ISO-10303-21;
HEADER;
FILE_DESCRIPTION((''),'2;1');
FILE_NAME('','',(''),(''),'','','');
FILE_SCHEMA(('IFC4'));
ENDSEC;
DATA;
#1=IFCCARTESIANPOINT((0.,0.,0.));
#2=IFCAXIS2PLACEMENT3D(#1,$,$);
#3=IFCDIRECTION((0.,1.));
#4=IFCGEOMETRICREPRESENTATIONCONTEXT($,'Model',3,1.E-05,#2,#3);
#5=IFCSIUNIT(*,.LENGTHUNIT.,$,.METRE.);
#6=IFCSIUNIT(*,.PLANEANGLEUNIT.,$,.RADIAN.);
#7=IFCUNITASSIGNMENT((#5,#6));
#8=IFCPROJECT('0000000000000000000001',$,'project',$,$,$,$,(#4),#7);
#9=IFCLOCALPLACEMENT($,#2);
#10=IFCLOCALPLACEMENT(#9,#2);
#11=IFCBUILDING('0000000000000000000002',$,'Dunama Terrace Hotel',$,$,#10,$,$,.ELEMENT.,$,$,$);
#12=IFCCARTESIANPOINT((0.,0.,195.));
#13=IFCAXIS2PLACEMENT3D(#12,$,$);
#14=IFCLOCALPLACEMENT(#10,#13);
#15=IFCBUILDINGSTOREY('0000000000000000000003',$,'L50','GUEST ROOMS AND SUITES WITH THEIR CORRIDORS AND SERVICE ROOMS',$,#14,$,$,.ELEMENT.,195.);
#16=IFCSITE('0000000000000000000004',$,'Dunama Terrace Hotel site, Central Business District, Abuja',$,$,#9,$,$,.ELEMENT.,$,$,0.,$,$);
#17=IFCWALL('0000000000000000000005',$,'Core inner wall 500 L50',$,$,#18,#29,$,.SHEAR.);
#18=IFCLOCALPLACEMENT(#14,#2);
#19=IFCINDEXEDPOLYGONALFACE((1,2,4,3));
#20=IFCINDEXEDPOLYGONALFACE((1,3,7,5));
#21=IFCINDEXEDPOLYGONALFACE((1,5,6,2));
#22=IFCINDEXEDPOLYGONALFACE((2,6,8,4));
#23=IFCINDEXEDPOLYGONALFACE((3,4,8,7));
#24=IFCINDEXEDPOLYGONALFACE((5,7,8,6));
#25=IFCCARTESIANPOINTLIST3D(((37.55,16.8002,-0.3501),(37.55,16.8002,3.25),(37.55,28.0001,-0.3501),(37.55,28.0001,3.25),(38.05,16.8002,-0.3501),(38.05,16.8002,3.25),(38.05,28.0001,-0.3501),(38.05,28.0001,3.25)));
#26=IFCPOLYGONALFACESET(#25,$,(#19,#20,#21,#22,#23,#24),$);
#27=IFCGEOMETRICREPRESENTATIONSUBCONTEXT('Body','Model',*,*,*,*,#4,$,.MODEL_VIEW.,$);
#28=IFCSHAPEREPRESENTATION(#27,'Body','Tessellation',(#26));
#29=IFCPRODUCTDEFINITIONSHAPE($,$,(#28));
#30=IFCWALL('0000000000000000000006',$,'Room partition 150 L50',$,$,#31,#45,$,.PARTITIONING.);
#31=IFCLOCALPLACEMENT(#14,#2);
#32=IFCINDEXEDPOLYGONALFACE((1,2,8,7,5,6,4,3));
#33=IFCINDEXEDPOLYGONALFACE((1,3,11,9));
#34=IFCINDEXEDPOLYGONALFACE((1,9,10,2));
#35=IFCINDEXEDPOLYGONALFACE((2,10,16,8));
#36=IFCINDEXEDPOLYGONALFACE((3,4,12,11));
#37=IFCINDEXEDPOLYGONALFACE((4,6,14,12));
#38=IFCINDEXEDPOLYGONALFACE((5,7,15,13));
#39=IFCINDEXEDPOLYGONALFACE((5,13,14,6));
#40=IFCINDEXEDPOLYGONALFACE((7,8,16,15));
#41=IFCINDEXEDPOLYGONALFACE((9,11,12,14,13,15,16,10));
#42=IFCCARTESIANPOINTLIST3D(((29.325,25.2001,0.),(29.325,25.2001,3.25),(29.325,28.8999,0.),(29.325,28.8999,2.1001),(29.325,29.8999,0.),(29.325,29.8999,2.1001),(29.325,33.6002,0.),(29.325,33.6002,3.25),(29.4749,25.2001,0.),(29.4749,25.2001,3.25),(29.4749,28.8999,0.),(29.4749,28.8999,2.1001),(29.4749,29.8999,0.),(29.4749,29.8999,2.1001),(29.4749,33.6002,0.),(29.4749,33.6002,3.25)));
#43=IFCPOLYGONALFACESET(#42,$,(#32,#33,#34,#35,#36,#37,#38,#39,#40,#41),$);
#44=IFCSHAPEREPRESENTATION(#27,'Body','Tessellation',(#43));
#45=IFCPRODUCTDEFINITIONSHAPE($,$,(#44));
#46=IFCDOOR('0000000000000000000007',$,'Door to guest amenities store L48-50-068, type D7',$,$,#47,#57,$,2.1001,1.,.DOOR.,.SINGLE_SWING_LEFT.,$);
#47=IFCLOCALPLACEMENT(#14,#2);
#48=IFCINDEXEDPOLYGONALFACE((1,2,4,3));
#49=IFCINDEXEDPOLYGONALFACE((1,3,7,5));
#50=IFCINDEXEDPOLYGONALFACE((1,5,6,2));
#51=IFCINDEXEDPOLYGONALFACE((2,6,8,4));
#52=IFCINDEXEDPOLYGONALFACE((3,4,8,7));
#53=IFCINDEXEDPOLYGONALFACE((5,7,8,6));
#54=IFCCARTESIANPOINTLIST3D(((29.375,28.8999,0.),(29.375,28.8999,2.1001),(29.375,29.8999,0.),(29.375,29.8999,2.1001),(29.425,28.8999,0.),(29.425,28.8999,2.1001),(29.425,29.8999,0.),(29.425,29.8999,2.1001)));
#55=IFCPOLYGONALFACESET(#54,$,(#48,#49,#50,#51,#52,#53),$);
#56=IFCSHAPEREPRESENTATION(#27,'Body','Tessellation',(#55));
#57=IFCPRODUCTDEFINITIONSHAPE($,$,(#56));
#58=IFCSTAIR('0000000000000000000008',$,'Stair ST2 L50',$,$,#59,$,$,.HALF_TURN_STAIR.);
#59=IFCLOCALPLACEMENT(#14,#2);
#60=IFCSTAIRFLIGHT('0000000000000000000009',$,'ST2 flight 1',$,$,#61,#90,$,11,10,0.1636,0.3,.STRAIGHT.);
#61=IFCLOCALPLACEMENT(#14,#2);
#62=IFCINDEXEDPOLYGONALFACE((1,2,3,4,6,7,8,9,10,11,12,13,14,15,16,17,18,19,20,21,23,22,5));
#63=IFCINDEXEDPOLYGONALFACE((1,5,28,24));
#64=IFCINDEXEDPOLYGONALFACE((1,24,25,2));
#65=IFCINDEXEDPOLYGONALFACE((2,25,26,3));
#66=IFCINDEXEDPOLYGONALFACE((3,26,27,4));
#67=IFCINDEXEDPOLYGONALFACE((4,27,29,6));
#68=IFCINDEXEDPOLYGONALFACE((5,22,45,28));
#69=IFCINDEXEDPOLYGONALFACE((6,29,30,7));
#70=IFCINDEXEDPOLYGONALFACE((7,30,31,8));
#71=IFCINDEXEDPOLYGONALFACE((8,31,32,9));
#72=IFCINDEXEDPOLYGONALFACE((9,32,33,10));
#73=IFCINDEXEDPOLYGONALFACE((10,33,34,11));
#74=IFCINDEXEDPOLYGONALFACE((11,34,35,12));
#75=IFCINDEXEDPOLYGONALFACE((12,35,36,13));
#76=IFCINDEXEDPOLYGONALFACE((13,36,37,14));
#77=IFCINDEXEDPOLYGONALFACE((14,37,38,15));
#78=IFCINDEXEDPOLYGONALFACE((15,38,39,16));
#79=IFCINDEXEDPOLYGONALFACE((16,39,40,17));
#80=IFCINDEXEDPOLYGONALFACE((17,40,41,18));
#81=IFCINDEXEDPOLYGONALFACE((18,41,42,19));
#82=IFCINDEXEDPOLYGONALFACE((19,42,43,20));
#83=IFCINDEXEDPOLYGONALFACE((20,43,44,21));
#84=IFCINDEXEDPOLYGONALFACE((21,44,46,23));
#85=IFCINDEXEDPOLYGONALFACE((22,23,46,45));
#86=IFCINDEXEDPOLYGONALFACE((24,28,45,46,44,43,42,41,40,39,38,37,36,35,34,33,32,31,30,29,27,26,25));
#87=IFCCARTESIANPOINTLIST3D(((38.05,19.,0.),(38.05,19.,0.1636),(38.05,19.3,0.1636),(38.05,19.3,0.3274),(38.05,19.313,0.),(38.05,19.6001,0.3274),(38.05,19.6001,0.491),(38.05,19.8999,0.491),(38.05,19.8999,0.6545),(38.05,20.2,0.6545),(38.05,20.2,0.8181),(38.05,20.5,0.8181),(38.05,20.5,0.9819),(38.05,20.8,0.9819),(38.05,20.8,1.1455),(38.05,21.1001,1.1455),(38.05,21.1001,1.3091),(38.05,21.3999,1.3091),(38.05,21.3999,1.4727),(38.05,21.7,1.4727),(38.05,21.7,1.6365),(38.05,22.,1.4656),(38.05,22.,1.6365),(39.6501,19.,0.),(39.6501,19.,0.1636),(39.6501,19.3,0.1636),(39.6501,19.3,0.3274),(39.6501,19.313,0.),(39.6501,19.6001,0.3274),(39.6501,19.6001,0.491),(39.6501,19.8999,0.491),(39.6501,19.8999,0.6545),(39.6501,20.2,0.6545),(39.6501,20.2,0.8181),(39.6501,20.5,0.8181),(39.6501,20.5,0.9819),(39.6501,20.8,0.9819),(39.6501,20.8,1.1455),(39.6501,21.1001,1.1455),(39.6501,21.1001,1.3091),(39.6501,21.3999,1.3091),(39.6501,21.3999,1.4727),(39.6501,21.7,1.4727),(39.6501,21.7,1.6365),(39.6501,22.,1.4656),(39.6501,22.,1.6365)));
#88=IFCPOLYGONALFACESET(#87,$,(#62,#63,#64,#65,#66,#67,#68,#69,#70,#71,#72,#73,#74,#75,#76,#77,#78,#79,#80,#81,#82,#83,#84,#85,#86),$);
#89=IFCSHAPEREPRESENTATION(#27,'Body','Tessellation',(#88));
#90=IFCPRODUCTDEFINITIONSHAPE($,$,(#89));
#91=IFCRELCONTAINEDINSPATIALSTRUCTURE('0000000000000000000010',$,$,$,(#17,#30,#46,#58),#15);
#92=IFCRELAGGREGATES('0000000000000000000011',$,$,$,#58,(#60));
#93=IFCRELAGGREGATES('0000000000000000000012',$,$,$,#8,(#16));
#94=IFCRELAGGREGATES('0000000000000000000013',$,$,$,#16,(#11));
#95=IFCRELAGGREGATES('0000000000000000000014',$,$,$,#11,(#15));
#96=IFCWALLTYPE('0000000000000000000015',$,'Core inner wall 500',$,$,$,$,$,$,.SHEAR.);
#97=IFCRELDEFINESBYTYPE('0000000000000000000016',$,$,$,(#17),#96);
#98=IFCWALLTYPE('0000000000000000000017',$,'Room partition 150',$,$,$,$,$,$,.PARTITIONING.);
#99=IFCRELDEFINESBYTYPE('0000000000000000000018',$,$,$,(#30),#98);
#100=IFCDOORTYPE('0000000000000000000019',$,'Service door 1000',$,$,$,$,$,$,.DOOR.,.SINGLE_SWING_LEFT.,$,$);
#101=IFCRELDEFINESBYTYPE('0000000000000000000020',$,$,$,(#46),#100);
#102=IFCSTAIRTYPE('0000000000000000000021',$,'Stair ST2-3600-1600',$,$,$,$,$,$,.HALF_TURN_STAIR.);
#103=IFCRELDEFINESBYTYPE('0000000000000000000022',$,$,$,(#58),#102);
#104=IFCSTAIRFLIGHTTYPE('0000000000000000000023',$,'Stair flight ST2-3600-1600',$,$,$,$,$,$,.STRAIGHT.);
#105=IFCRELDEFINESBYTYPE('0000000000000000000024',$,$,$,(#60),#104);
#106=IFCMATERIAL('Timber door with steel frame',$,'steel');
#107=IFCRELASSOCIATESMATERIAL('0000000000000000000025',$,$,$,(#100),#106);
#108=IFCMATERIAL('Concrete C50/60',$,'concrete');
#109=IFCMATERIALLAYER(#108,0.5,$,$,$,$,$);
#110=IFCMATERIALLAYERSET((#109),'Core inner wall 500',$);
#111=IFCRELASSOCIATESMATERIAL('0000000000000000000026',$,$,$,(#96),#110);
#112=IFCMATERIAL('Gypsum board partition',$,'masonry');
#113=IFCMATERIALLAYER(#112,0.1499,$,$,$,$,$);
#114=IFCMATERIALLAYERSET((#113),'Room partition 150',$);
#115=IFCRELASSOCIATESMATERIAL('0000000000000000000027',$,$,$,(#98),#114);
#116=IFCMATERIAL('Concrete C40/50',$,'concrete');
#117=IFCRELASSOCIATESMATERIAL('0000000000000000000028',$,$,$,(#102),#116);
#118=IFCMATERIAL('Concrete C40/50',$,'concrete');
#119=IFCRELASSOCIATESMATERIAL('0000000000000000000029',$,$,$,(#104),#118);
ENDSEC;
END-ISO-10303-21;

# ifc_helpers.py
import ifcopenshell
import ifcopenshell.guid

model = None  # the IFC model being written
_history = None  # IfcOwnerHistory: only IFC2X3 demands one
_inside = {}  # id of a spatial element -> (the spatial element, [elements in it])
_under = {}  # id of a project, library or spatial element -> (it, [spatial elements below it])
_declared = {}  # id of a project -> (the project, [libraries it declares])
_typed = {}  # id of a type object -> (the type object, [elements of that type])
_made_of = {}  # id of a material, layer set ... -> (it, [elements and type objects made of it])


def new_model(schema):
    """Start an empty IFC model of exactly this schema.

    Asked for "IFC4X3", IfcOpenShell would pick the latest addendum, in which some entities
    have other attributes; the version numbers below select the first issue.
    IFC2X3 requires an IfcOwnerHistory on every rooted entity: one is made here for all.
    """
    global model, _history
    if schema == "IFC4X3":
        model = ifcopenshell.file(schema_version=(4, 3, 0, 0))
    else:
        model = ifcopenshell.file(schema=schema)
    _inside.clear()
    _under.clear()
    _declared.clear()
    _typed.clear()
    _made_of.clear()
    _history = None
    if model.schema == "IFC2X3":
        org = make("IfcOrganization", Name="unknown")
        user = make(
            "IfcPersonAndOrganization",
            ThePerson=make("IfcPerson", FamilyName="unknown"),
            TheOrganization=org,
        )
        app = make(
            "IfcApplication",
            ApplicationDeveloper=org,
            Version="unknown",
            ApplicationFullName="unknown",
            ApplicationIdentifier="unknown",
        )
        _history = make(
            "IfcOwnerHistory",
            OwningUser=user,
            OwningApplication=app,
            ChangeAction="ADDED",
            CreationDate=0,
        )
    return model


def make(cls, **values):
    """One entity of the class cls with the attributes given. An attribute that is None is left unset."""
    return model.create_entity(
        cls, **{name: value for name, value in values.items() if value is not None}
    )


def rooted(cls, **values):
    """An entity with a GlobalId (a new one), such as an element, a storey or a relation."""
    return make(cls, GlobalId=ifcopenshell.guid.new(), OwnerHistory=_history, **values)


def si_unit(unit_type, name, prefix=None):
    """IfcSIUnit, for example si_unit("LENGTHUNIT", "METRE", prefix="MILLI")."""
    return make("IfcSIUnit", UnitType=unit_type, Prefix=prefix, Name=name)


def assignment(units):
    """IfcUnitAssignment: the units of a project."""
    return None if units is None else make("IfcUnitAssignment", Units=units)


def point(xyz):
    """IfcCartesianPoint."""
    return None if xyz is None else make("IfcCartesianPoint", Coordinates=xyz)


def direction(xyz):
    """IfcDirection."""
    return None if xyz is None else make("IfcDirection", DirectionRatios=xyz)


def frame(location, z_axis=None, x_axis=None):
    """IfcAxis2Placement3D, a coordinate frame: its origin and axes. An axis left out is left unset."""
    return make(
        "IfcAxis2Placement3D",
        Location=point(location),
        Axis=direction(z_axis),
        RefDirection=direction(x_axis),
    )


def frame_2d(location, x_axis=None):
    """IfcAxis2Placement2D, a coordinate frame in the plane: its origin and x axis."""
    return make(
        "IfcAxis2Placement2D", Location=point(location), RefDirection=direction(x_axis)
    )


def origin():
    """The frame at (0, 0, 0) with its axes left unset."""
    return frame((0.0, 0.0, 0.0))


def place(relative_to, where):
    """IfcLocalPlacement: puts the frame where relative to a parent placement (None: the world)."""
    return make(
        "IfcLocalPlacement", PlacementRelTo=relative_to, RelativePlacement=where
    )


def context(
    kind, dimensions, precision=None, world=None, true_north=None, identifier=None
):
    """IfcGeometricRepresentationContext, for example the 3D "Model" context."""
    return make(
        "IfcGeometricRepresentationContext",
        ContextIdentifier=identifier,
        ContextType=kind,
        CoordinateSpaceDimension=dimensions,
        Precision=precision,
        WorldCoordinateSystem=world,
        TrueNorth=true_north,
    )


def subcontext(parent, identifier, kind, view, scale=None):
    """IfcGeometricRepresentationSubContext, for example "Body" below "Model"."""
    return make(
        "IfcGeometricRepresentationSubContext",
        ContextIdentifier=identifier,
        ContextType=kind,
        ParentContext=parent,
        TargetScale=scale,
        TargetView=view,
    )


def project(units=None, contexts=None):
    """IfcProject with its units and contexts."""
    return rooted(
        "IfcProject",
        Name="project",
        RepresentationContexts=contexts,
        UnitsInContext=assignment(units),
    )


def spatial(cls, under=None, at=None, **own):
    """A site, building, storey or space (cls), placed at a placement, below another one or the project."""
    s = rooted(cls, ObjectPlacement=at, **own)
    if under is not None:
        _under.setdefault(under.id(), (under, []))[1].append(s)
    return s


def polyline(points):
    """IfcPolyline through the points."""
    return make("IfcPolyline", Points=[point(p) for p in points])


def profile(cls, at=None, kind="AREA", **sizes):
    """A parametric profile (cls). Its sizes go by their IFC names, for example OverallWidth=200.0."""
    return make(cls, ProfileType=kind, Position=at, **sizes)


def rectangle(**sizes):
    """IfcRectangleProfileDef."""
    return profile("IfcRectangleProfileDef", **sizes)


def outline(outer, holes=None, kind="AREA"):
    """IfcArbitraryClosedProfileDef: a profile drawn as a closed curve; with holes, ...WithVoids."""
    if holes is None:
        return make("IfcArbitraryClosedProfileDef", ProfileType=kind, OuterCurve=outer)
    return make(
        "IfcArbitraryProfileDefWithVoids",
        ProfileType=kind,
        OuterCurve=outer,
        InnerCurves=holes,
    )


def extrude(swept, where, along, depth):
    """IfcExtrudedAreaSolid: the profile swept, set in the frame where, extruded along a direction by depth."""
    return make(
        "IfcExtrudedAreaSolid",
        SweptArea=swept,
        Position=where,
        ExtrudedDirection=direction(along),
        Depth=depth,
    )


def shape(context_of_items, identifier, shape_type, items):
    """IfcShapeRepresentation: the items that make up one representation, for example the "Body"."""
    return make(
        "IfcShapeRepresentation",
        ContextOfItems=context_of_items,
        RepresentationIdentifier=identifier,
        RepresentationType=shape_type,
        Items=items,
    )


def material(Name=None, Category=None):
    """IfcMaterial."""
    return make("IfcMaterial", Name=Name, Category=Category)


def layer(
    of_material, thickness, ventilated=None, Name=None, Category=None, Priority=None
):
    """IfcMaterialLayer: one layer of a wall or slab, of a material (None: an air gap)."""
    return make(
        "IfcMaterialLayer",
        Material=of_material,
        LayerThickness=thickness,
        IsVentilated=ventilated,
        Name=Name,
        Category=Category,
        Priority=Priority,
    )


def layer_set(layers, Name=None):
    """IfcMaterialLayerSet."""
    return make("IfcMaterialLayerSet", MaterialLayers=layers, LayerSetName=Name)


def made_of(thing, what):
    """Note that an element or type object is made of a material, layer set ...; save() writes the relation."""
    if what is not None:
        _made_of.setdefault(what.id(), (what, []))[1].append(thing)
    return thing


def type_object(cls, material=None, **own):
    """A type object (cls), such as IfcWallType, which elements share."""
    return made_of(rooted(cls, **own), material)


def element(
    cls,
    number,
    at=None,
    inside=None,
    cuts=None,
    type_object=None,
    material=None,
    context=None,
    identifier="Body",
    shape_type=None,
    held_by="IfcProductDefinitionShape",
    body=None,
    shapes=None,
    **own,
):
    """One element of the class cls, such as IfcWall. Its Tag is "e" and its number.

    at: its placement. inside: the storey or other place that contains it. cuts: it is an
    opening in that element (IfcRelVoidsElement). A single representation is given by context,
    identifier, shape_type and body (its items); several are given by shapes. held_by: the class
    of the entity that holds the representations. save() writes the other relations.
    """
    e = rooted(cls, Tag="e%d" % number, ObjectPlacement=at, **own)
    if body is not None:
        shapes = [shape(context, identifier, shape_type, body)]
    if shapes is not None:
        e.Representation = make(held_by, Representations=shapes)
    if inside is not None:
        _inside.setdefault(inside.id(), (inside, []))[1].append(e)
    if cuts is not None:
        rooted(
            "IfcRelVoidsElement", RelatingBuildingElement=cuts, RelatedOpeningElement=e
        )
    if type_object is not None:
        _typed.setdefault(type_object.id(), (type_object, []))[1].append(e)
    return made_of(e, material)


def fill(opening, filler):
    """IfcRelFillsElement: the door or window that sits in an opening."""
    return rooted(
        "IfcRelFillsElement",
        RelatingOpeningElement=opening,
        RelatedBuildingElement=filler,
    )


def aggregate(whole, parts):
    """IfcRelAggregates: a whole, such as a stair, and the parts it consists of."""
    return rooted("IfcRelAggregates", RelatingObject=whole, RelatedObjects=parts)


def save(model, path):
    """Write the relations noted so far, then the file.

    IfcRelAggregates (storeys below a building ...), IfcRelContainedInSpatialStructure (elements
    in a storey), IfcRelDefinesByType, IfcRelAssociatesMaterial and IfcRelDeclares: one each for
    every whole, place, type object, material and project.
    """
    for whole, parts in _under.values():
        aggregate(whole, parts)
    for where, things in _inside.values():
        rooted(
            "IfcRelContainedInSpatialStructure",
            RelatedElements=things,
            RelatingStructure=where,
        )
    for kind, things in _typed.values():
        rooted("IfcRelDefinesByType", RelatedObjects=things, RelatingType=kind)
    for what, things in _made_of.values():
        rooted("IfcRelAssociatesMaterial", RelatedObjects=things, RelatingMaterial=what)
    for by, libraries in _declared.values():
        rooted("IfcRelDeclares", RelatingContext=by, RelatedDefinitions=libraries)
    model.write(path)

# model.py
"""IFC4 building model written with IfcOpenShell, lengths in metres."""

from ifc_helpers import new_model, si_unit, direction, frame, frame_2d, origin, place, context, subcontext, project, spatial, polyline, rectangle, outline, extrude, material, layer, layer_set, type_object, element, fill, aggregate, save


model = new_model("IFC4")

# Units and contexts
model_context = context("Model", 3, precision=1e-05, world=origin(), true_north=direction((0.0, 1.0)))
body_context = subcontext(model_context, "Body", "Model", "MODEL_VIEW")
ifc_project = project(units=[si_unit("LENGTHUNIT", "METRE"), si_unit("PLANEANGLEUNIT", "RADIAN")], contexts=[model_context])

# Site, building, storey
site_placement = place(None, origin())
site = spatial("IfcSite", under=ifc_project, at=site_placement, Name="Dunama Terrace Hotel site, Central Business District, Abuja", CompositionType="ELEMENT", RefElevation=0.0)
building_placement = place(site_placement, origin())
building = spatial("IfcBuilding", under=site, at=building_placement, Name="Dunama Terrace Hotel", CompositionType="ELEMENT")
storey_placement = place(building_placement, frame((0.0, 0.0, 195.0)))
storey = spatial("IfcBuildingStorey", under=building, at=storey_placement, Name="L50", Description="GUEST ROOMS AND SUITES WITH THEIR CORRIDORS AND SERVICE ROOMS", CompositionType="ELEMENT", Elevation=195.0)

# Shared definitions
ifc_material_1 = material(Name="Timber door with steel frame", Category="steel")
door_type_1 = type_object("IfcDoorType", Name="Service door 1000", OperationType="SINGLE_SWING_LEFT", PredefinedType="DOOR", material=ifc_material_1)

# Wall
ifc_material_2 = material(Name="Concrete C50/60", Category="concrete")
ifc_layer_1 = layer(ifc_material_2, 0.5)
ifc_layer_set_1 = layer_set([ifc_layer_1], Name="Core inner wall 500")
wall_type_1 = type_object("IfcWallType", Name="Core inner wall 500", PredefinedType="SHEAR", material=ifc_layer_set_1)
wall_1_placement = place(storey_placement, frame((37.8, 16.8, -0.3501), z_axis=(0.0, 0.0, 1.0), x_axis=(0.0, 1.0, 0.0)))
element("IfcWall", 1, at=wall_1_placement, inside=storey, type_object=wall_type_1, Name="Core inner wall 500 L50", PredefinedType="SHEAR", context=body_context, shape_type="SweptSolid", body=[
    extrude(rectangle(XDim=11.2, YDim=0.5, at=frame_2d((5.6001, 0.0))), origin(), (0.0, 0.0, 1.0), 3.6001),
])

# Wall, opening, door
ifc_material_3 = material(Name="Gypsum board partition", Category="masonry")
ifc_layer_2 = layer(ifc_material_3, 0.1499)
ifc_layer_set_2 = layer_set([ifc_layer_2], Name="Room partition 150")
wall_type_2 = type_object("IfcWallType", Name="Room partition 150", PredefinedType="PARTITIONING", material=ifc_layer_set_2)
wall_2_placement = place(storey_placement, frame((29.3999, 25.2, 0.0), z_axis=(0.0, 0.0, 1.0), x_axis=(0.0, 1.0, 0.0)))
wall_2 = element("IfcWall", 2, at=wall_2_placement, inside=storey, type_object=wall_type_2, Name="Room partition 150 L50", PredefinedType="PARTITIONING", context=body_context, shape_type="SweptSolid", body=[
    extrude(rectangle(XDim=8.4001, YDim=0.1499, at=frame_2d((4.2002, 0.0))), origin(), (0.0, 0.0, 1.0), 3.25),
])
opening_1_placement = place(wall_2_placement, frame((3.7, 0.0, 0.0)))
opening_1 = element("IfcOpeningElement", 3, at=opening_1_placement, cuts=wall_2, PredefinedType="OPENING", context=body_context, shape_type="SweptSolid", body=[
    extrude(rectangle(XDim=1.0, YDim=2.1001, at=frame_2d((0.5, 1.05))), frame((0.0, 0.085, 0.0), z_axis=(0.0, -1.0, 0.0), x_axis=(1.0, 0.0, 0.0)), (0.0, 0.0, 1.0), 0.1699),
])
door_1_placement = place(opening_1_placement, origin())
door_1 = element("IfcDoor", 4, at=door_1_placement, inside=storey, type_object=door_type_1, Name="Door to guest amenities store L48-50-068, type D7", OperationType="SINGLE_SWING_LEFT", OverallHeight=2.1001, OverallWidth=1.0, PredefinedType="DOOR", context=body_context, shape_type="SweptSolid", body=[
    extrude(rectangle(XDim=1.0, YDim=2.1001, at=frame_2d((0.5, 1.05))), frame((0.0, 0.0249, 0.0), z_axis=(0.0, -1.0, 0.0), x_axis=(1.0, 0.0, 0.0)), (0.0, 0.0, 1.0), 0.05),
])
fill(opening_1, door_1)

# Stair, stair flight
ifc_material_4 = material(Name="Concrete C40/50", Category="concrete")
stair_type = type_object("IfcStairType", Name="Stair ST2-3600-1600", PredefinedType="HALF_TURN_STAIR", material=ifc_material_4)
stair_placement = place(storey_placement, origin())
stair = element("IfcStair", 5, at=stair_placement, inside=storey, type_object=stair_type, Name="Stair ST2 L50", PredefinedType="HALF_TURN_STAIR")
ifc_material_5 = material(Name="Concrete C40/50", Category="concrete")
stair_flight_type = type_object("IfcStairFlightType", Name="Stair flight ST2-3600-1600", PredefinedType="STRAIGHT", material=ifc_material_5)
stair_flight_placement = place(storey_placement, frame((38.8501, 19.0, 0.0), z_axis=(0.0, 0.0, 1.0), x_axis=(0.0, 1.0, 0.0)))
stair_flight = element("IfcStairFlight", 6, at=stair_flight_placement, type_object=stair_flight_type, Name="ST2 flight 1", NumberOfRisers=11, NumberOfTreads=10, PredefinedType="STRAIGHT", RiserHeight=0.1636, TreadLength=0.3, context=body_context, shape_type="SweptSolid", body=[
    extrude(outline(polyline([(0.0, 0.0), (0.0, 0.1636), (0.3, 0.1636), (0.3, 0.3274), (0.6001, 0.3274), (0.6001, 0.491), (0.8999, 0.491), (0.8999, 0.6545), (1.2, 0.6545), (1.2, 0.8181), (1.5, 0.8181), (1.5, 0.9819), (1.8, 0.9819), (1.8, 1.1455), (2.1001, 1.1455), (2.1001, 1.3091), (2.3999, 1.3091), (2.3999, 1.4727), (2.7, 1.4727), (2.7, 1.6365), (3.0, 1.6365), (3.0, 1.8), (3.0, 1.4656), (0.313, 0.0), (0.0, 0.0)])), frame((0.0, 0.8, 0.0), z_axis=(0.0, -1.0, 0.0), x_axis=(1.0, 0.0, 0.0)), (0.0, 0.0, 1.0), 1.6001),
])
aggregate(stair, [stair_flight])

save(model, "model.ifc")
